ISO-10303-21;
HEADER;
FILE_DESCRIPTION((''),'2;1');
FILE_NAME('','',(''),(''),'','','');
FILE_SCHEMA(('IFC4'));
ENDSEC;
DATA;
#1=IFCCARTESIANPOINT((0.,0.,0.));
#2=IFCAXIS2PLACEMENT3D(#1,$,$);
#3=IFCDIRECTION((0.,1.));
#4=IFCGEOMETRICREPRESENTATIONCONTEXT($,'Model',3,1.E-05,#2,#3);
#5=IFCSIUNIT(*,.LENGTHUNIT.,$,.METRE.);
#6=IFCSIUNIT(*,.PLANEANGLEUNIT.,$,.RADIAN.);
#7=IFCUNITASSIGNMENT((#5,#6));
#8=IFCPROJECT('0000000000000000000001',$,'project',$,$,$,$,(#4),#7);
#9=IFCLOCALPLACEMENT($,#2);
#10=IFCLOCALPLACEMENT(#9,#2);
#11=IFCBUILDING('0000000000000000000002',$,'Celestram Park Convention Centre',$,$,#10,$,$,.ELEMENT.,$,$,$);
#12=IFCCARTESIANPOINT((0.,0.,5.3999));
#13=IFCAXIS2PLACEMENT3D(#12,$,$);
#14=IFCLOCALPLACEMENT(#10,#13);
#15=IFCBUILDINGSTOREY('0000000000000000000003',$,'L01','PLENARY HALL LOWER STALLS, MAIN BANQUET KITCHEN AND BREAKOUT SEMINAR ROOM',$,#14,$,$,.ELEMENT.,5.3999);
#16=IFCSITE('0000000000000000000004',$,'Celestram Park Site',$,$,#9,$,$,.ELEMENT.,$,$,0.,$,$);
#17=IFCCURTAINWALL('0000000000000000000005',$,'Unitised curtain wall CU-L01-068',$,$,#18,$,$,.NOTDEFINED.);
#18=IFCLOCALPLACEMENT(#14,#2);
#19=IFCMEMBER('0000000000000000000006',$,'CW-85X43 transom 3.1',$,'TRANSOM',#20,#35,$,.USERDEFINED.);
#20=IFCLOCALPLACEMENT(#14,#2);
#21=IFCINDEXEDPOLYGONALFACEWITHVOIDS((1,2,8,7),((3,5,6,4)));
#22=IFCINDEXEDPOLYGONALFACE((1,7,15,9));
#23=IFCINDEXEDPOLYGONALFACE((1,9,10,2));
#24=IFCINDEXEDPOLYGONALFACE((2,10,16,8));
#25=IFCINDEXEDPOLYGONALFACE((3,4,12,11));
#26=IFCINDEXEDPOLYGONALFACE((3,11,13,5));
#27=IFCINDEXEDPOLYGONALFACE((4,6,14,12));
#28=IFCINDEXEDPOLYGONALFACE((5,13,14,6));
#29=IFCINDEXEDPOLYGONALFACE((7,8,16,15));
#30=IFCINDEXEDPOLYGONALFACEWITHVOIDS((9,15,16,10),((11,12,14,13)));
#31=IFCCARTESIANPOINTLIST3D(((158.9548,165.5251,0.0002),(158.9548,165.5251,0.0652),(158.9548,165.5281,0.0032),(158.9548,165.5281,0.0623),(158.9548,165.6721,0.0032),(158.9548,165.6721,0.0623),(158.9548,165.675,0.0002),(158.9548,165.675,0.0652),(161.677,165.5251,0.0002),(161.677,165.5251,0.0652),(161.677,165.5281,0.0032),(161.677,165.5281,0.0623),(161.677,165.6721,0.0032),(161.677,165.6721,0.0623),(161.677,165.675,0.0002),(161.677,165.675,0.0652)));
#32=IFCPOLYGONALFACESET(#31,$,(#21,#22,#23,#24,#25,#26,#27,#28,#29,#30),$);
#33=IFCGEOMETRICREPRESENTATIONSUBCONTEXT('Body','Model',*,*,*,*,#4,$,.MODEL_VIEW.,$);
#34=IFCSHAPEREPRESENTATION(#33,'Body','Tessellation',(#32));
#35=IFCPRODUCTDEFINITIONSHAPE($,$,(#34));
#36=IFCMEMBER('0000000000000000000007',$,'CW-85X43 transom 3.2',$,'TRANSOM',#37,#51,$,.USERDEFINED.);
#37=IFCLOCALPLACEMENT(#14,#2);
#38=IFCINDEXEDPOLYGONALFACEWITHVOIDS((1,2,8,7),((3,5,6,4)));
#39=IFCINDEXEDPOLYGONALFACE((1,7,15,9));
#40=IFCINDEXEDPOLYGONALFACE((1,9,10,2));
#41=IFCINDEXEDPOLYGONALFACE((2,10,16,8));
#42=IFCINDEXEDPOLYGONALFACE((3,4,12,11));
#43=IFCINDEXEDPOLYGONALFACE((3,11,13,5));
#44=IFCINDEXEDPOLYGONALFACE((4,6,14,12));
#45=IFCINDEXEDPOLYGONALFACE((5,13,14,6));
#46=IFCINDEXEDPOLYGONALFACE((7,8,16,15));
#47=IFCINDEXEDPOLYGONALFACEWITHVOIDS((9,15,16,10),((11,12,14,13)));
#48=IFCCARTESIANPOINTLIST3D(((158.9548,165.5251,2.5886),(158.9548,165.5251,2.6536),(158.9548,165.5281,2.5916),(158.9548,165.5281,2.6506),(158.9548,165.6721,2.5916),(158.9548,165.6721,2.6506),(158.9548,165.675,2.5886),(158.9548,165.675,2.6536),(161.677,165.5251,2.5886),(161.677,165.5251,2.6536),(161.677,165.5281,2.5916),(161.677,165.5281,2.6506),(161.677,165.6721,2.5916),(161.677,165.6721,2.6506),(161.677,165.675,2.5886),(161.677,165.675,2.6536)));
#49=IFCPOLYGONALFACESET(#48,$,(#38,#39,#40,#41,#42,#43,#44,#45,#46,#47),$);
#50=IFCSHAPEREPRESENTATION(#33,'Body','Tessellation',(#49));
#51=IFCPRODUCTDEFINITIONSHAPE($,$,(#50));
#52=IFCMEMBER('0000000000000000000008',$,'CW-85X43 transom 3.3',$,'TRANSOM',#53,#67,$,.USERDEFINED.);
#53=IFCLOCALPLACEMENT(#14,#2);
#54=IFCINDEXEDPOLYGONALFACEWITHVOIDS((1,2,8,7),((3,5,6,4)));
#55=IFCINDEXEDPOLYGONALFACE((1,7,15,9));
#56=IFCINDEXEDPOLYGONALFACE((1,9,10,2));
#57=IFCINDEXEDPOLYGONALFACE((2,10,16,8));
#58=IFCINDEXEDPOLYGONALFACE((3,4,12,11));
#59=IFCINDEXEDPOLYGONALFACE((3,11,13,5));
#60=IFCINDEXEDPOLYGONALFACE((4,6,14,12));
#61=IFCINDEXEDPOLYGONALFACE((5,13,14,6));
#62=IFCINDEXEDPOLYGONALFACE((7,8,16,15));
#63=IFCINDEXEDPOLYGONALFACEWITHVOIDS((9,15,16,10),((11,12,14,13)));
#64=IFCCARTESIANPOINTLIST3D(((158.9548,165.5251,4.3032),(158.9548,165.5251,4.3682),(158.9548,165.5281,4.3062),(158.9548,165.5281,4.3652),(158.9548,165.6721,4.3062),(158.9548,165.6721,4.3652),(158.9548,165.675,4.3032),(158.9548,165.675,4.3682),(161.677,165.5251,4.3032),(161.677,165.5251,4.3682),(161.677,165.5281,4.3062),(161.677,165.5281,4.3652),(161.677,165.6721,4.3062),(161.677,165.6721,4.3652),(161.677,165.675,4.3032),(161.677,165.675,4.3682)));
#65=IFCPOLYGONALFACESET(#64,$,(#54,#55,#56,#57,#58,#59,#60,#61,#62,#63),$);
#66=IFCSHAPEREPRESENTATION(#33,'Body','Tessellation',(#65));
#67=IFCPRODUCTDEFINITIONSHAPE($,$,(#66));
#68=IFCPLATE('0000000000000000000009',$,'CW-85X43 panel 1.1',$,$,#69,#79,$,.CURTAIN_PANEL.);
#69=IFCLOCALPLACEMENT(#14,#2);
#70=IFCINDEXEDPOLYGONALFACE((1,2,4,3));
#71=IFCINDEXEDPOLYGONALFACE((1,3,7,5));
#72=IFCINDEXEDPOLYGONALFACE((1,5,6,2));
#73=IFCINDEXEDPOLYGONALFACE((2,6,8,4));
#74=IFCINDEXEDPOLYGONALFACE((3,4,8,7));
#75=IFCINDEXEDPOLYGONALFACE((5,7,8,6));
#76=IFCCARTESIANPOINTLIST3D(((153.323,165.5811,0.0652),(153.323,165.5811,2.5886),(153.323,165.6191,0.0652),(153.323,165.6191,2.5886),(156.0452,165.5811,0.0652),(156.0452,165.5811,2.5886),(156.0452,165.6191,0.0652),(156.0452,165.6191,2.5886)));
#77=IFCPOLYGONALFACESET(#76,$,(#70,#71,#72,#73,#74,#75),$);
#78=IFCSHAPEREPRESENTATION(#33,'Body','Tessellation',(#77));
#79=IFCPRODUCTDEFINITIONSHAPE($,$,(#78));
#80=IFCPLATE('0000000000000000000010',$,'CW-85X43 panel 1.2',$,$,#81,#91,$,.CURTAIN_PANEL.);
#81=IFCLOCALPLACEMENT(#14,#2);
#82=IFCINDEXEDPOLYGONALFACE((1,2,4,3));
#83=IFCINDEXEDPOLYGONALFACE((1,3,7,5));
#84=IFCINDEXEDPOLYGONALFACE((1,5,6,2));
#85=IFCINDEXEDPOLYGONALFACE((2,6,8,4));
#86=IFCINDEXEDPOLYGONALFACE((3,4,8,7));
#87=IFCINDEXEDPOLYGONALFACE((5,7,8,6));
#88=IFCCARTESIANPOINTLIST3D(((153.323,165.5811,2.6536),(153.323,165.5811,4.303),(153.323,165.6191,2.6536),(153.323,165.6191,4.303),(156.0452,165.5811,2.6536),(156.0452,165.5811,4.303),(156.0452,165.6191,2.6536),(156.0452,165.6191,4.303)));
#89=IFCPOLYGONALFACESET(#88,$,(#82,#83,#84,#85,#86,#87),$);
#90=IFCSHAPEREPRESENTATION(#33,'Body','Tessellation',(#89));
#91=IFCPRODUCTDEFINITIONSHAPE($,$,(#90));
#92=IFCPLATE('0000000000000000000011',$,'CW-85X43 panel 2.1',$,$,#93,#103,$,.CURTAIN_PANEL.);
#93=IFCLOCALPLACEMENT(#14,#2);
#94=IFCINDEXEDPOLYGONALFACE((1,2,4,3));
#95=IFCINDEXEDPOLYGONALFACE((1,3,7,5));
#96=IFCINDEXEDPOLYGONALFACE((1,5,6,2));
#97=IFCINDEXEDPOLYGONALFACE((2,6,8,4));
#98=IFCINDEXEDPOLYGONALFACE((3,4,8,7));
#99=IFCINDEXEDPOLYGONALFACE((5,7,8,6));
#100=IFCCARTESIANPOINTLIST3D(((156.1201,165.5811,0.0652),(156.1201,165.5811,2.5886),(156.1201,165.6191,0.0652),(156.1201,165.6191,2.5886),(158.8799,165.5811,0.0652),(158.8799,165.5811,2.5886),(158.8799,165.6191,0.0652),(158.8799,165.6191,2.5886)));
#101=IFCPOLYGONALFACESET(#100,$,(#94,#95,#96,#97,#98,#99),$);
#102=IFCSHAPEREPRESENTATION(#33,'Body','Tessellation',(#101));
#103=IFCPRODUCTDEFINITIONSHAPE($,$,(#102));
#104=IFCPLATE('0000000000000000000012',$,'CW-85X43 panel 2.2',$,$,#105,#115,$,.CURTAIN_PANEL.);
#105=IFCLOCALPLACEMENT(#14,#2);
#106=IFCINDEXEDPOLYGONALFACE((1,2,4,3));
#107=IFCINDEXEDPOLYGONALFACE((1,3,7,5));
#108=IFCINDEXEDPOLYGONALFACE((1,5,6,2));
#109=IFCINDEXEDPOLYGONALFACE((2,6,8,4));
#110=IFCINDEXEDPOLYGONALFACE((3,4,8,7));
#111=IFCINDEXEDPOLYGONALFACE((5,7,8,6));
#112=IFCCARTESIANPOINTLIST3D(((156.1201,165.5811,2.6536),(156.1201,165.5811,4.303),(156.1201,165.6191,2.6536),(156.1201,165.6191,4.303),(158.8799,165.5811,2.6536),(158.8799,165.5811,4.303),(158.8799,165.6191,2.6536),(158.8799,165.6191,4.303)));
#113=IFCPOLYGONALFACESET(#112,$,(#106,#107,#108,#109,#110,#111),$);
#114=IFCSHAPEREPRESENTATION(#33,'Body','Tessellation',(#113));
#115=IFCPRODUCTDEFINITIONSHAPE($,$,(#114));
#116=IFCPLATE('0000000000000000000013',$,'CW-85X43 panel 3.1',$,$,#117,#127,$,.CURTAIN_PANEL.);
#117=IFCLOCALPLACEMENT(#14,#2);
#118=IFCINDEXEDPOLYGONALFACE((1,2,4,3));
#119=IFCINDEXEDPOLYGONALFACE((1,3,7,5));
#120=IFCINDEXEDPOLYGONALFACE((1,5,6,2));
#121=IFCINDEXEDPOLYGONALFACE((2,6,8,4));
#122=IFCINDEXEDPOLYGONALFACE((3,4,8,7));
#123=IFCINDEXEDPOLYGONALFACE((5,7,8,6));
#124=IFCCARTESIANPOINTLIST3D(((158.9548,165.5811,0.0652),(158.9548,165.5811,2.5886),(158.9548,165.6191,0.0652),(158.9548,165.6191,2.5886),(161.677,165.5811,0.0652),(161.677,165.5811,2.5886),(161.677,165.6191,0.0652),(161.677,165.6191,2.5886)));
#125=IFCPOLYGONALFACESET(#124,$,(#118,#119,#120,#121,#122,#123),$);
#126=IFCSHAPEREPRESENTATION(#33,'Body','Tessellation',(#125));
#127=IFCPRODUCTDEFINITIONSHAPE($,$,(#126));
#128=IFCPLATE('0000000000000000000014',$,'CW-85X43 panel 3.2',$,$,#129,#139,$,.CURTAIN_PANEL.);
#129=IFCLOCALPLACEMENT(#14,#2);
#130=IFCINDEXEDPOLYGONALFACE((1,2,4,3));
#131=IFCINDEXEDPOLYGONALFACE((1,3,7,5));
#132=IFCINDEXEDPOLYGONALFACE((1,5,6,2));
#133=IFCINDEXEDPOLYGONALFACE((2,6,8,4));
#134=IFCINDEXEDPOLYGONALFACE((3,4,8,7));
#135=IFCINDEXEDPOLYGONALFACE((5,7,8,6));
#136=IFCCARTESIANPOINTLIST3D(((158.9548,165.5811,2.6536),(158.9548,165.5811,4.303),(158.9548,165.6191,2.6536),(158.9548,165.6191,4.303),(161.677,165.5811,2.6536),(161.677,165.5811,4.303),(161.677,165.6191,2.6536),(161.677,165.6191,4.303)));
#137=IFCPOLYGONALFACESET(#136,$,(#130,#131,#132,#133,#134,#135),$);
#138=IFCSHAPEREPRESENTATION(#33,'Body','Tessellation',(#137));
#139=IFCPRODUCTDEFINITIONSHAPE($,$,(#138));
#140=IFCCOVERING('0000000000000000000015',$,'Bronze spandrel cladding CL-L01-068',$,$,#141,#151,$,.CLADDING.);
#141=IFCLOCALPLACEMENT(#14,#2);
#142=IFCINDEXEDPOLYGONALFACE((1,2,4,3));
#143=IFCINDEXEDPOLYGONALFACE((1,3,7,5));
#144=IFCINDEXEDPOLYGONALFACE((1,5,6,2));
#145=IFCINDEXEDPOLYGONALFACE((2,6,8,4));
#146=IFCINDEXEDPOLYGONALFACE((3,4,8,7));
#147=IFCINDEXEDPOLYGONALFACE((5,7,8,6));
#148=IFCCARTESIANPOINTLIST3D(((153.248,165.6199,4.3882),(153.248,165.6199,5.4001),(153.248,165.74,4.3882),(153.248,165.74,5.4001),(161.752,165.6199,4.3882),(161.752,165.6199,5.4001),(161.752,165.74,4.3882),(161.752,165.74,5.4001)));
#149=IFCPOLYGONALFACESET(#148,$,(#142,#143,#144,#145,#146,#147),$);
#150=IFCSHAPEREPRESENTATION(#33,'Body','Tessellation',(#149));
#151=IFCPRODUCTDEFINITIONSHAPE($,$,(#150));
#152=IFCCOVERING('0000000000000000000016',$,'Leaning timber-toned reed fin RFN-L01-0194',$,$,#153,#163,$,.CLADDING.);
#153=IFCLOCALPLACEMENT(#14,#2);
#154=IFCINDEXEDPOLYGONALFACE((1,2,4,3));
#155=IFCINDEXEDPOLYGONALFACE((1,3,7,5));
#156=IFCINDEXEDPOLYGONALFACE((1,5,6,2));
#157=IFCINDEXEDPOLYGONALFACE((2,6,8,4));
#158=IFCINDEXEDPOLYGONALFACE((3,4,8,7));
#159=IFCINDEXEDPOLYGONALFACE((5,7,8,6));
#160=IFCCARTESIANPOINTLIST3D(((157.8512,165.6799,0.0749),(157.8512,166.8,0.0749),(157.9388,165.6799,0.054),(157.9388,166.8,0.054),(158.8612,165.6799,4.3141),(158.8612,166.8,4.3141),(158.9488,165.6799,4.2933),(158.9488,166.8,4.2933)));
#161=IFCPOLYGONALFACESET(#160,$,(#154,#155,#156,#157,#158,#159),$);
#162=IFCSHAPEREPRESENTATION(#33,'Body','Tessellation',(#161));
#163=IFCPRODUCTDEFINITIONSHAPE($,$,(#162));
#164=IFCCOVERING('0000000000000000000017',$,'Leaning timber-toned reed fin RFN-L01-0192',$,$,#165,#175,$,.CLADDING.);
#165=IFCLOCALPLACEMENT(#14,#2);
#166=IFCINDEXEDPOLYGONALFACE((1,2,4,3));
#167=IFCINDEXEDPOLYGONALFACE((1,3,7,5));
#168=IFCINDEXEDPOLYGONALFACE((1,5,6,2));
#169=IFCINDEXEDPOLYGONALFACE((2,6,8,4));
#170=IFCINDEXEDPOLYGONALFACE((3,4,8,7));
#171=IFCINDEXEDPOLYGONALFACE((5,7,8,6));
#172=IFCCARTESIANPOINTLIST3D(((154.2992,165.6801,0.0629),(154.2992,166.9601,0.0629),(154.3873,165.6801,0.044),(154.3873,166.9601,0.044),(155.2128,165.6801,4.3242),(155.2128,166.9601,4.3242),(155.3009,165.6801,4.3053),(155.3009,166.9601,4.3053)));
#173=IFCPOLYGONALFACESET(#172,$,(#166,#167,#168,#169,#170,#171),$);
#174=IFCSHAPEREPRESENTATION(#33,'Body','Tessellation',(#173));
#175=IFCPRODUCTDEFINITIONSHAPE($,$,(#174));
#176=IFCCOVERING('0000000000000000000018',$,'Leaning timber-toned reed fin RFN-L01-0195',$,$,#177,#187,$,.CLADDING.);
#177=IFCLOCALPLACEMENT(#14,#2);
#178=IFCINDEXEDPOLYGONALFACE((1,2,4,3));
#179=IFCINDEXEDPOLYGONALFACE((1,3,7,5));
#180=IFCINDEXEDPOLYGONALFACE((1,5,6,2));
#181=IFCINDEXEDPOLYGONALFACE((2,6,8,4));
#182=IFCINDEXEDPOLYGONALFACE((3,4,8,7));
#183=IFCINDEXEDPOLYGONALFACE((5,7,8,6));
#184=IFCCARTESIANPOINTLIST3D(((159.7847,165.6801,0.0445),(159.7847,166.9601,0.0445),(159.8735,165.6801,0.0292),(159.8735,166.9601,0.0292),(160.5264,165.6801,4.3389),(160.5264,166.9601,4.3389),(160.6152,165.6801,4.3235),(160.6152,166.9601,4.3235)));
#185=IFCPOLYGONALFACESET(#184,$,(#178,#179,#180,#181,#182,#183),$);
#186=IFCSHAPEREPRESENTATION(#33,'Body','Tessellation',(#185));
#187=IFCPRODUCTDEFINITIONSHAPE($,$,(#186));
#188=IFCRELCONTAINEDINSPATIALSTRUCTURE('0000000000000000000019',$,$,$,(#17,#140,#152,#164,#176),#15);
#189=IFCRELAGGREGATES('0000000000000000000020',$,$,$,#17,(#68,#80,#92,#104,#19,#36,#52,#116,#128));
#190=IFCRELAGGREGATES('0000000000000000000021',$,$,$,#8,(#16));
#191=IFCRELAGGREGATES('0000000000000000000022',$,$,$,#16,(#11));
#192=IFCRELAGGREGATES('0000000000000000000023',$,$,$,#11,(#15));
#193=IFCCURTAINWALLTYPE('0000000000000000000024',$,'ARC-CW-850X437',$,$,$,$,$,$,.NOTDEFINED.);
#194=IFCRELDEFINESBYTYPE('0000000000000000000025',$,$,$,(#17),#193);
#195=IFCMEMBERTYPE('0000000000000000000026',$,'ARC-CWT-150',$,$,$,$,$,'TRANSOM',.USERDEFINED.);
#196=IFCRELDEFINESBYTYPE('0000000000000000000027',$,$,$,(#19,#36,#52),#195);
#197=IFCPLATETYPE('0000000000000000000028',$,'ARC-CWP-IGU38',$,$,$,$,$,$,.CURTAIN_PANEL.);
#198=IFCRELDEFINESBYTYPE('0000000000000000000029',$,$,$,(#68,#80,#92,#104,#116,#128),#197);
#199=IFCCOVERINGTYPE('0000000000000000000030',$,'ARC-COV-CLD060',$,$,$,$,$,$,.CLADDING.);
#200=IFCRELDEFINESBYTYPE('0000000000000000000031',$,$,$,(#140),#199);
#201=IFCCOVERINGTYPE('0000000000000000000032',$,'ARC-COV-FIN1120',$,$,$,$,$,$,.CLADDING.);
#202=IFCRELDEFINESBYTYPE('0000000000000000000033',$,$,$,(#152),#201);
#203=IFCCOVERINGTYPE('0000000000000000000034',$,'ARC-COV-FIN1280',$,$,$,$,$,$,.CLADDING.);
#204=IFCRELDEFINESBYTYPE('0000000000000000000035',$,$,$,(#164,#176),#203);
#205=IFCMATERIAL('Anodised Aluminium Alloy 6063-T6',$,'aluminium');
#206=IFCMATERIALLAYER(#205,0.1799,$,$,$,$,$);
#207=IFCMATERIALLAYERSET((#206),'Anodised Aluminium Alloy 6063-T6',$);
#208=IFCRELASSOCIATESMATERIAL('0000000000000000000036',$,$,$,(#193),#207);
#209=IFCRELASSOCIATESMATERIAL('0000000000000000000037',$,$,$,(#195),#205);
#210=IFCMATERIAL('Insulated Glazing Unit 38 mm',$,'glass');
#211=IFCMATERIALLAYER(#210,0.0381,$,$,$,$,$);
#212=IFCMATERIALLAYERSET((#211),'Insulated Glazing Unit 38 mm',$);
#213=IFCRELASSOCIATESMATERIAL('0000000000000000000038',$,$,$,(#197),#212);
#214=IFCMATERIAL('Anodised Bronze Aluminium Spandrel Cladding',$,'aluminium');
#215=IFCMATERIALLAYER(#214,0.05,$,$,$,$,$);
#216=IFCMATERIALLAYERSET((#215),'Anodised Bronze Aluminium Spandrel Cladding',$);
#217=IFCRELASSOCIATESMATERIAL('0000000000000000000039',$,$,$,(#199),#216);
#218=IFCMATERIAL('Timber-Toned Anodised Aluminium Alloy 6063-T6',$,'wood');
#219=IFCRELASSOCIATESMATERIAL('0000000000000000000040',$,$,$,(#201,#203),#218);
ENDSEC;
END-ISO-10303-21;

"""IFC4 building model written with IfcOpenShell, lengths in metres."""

from ifc_helpers import new_model, si_unit, direction, frame, origin, origin_2d, place, context, subcontext, project, spatial, rectangle, hollow_rectangle, extrude, material, layer, layer_set, material_profile, profile_set, type_object, element, aggregate, save


model = new_model("IFC4")

# Units and contexts
model_context = context("Model", 3, precision=1e-05, world=origin(), true_north=direction((0.0, 1.0)))
body_context = subcontext(model_context, "Body", "Model", "MODEL_VIEW")
ifc_project = project(units=[si_unit("LENGTHUNIT", "METRE"), si_unit("PLANEANGLEUNIT", "RADIAN")], contexts=[model_context])

# Site, building, storey
site_placement = place(None, origin())
site = spatial("IfcSite", under=ifc_project, at=site_placement, Name="Celestram Park Site", CompositionType="ELEMENT", RefElevation=0.0)
building_placement = place(site_placement, origin())
building = spatial("IfcBuilding", under=site, at=building_placement, Name="Celestram Park Convention Centre", CompositionType="ELEMENT")
storey_placement = place(building_placement, frame((0.0, 0.0, 5.3999)))
storey = spatial("IfcBuildingStorey", under=building, at=storey_placement, Name="L01", Description="PLENARY HALL LOWER STALLS, MAIN BANQUET KITCHEN AND BREAKOUT SEMINAR ROOM", CompositionType="ELEMENT", Elevation=5.3999)

# Curtain wall, members, plates
ifc_material_1 = material(Name="Anodised Aluminium Alloy 6063-T6", Category="aluminium")
ifc_layer_1 = layer(ifc_material_1, 0.1799)
ifc_layer_set_1 = layer_set([ifc_layer_1], Name="Anodised Aluminium Alloy 6063-T6")
curtain_wall_type = type_object("IfcCurtainWallType", Name="ARC-CW-850X437", PredefinedType="NOTDEFINED", material=ifc_layer_set_1)
curtain_wall_placement = place(storey_placement, origin())
curtain_wall = element("IfcCurtainWall", 1, at=curtain_wall_placement, inside=storey, type_object=curtain_wall_type, Name="Unitised curtain wall CU-L01-068", PredefinedType="NOTDEFINED")
ifc_material_profile_1 = material_profile(ifc_material_1, hollow_rectangle(XDim=0.1499, YDim=0.0649, WallThickness=0.0029, at=origin_2d()), Name="ALU150X65X3")
ifc_profile_set_1 = profile_set([ifc_material_profile_1], Name="Anodised Aluminium Alloy 6063-T6")
member_type_1 = type_object("IfcMemberType", Name="ARC-CWT-150", ElementType="TRANSOM", PredefinedType="USERDEFINED", material=ifc_profile_set_1)
member_1_placement = place(storey_placement, frame((158.9548, 165.6001, 0.0327), z_axis=(1.0, 0.0, 0.0), x_axis=(0.0, 1.0, 0.0)))
member_1 = element("IfcMember", 2, at=member_1_placement, type_object=member_type_1, Name="CW-85X43 transom 3.1", ObjectType="TRANSOM", PredefinedType="USERDEFINED", context=body_context, shape_type="SweptSolid", body=[
    extrude(hollow_rectangle(XDim=0.1499, YDim=0.0649, WallThickness=0.0029, at=origin_2d()), origin(), (0.0, 0.0, 1.0), 2.7222),
])
member_2_placement = place(storey_placement, frame((158.9548, 165.6001, 2.6211), z_axis=(1.0, 0.0, 0.0), x_axis=(0.0, 1.0, 0.0)))
member_2 = element("IfcMember", 3, at=member_2_placement, type_object=member_type_1, Name="CW-85X43 transom 3.2", ObjectType="TRANSOM", PredefinedType="USERDEFINED", context=body_context, shape_type="SweptSolid", body=[
    extrude(hollow_rectangle(XDim=0.1499, YDim=0.0649, WallThickness=0.0029, at=origin_2d()), origin(), (0.0, 0.0, 1.0), 2.7222),
])
member_3_placement = place(storey_placement, frame((158.9548, 165.6001, 4.3357), z_axis=(1.0, 0.0, 0.0), x_axis=(0.0, 1.0, 0.0)))
member_3 = element("IfcMember", 4, at=member_3_placement, type_object=member_type_1, Name="CW-85X43 transom 3.3", ObjectType="TRANSOM", PredefinedType="USERDEFINED", context=body_context, shape_type="SweptSolid", body=[
    extrude(hollow_rectangle(XDim=0.1499, YDim=0.0649, WallThickness=0.0029, at=origin_2d()), origin(), (0.0, 0.0, 1.0), 2.7222),
])
ifc_material_2 = material(Name="Insulated Glazing Unit 38 mm", Category="glass")
ifc_layer_2 = layer(ifc_material_2, 0.0381)
ifc_layer_set_2 = layer_set([ifc_layer_2], Name="Insulated Glazing Unit 38 mm")
plate_type = type_object("IfcPlateType", Name="ARC-CWP-IGU38", PredefinedType="CURTAIN_PANEL", material=ifc_layer_set_2)
plate_1_placement = place(storey_placement, frame((154.6841, 165.6001, 0.0652), z_axis=(0.0, 0.0, 1.0), x_axis=(1.0, 0.0, 0.0)))
plate_1 = element("IfcPlate", 5, at=plate_1_placement, type_object=plate_type, Name="CW-85X43 panel 1.1", PredefinedType="CURTAIN_PANEL", context=body_context, shape_type="SweptSolid", body=[
    extrude(rectangle(XDim=2.7222, YDim=0.0381, at=origin_2d()), origin(), (0.0, 0.0, 1.0), 2.5234),
])
plate_2_placement = place(storey_placement, frame((154.6841, 165.6001, 2.6536), z_axis=(0.0, 0.0, 1.0), x_axis=(1.0, 0.0, 0.0)))
plate_2 = element("IfcPlate", 6, at=plate_2_placement, type_object=plate_type, Name="CW-85X43 panel 1.2", PredefinedType="CURTAIN_PANEL", context=body_context, shape_type="SweptSolid", body=[
    extrude(rectangle(XDim=2.7222, YDim=0.0381, at=origin_2d()), origin(), (0.0, 0.0, 1.0), 1.6494),
])
plate_3_placement = place(storey_placement, frame((157.5, 165.6001, 0.0652), z_axis=(0.0, 0.0, 1.0), x_axis=(1.0, 0.0, 0.0)))
plate_3 = element("IfcPlate", 7, at=plate_3_placement, type_object=plate_type, Name="CW-85X43 panel 2.1", PredefinedType="CURTAIN_PANEL", context=body_context, shape_type="SweptSolid", body=[
    extrude(rectangle(XDim=2.7598, YDim=0.0381, at=origin_2d()), origin(), (0.0, 0.0, 1.0), 2.5234),
])
plate_4_placement = place(storey_placement, frame((157.5, 165.6001, 2.6536), z_axis=(0.0, 0.0, 1.0), x_axis=(1.0, 0.0, 0.0)))
plate_4 = element("IfcPlate", 8, at=plate_4_placement, type_object=plate_type, Name="CW-85X43 panel 2.2", PredefinedType="CURTAIN_PANEL", context=body_context, shape_type="SweptSolid", body=[
    extrude(rectangle(XDim=2.7598, YDim=0.0381, at=origin_2d()), origin(), (0.0, 0.0, 1.0), 1.6494),
])
plate_5_placement = place(storey_placement, frame((160.3159, 165.6001, 0.0652), z_axis=(0.0, 0.0, 1.0), x_axis=(1.0, 0.0, 0.0)))
plate_5 = element("IfcPlate", 9, at=plate_5_placement, type_object=plate_type, Name="CW-85X43 panel 3.1", PredefinedType="CURTAIN_PANEL", context=body_context, shape_type="SweptSolid", body=[
    extrude(rectangle(XDim=2.7222, YDim=0.0381, at=origin_2d()), origin(), (0.0, 0.0, 1.0), 2.5234),
])
plate_6_placement = place(storey_placement, frame((160.3159, 165.6001, 2.6536), z_axis=(0.0, 0.0, 1.0), x_axis=(1.0, 0.0, 0.0)))
plate_6 = element("IfcPlate", 10, at=plate_6_placement, type_object=plate_type, Name="CW-85X43 panel 3.2", PredefinedType="CURTAIN_PANEL", context=body_context, shape_type="SweptSolid", body=[
    extrude(rectangle(XDim=2.7222, YDim=0.0381, at=origin_2d()), origin(), (0.0, 0.0, 1.0), 1.6494),
])
aggregate(curtain_wall, [plate_1, plate_2, plate_3, plate_4, member_1, member_2, member_3, plate_5, plate_6])

# Coverings
ifc_material_3 = material(Name="Anodised Bronze Aluminium Spandrel Cladding", Category="aluminium")
ifc_layer_3 = layer(ifc_material_3, 0.05)
ifc_layer_set_3 = layer_set([ifc_layer_3], Name="Anodised Bronze Aluminium Spandrel Cladding")
covering_type_1 = type_object("IfcCoveringType", Name="ARC-COV-CLD060", PredefinedType="CLADDING", material=ifc_layer_set_3)
covering_1_placement = place(storey_placement, frame((157.5, 165.6799, 4.3882), z_axis=(0.0, 0.0, 1.0), x_axis=(1.0, 0.0, 0.0)))
element("IfcCovering", 11, at=covering_1_placement, inside=storey, type_object=covering_type_1, Name="Bronze spandrel cladding CL-L01-068", PredefinedType="CLADDING", context=body_context, shape_type="SweptSolid", body=[
    extrude(rectangle(XDim=8.5039, YDim=0.1201, at=origin_2d()), origin(), (0.0, 0.0, 1.0), 1.012),
])
ifc_material_4 = material(Name="Timber-Toned Anodised Aluminium Alloy 6063-T6", Category="wood")
ifc_material_profile_2 = material_profile(ifc_material_4, rectangle(XDim=1.1201, YDim=0.0901, at=origin_2d()), Name="REED1120X90")
ifc_profile_set_2 = profile_set([ifc_material_profile_2], Name="Timber-Toned Anodised Aluminium Alloy 6063-T6")
covering_type_2 = type_object("IfcCoveringType", Name="ARC-COV-FIN1120", PredefinedType="CLADDING", material=ifc_profile_set_2)
covering_2_placement = place(storey_placement, frame((157.895, 166.24, 0.0645), z_axis=(0.231764, 0.0, 0.972772), x_axis=(0.0, 1.0, 0.0)))
element("IfcCovering", 12, at=covering_2_placement, inside=storey, type_object=covering_type_2, Name="Leaning timber-toned reed fin RFN-L01-0194", PredefinedType="CLADDING", context=body_context, shape_type="SweptSolid", body=[
    extrude(rectangle(XDim=1.1201, YDim=0.0901, at=origin_2d()), origin(), (0.0, 0.0, 1.0), 4.3579),
])
ifc_material_profile_3 = material_profile(ifc_material_4, rectangle(XDim=1.28, YDim=0.0901, at=origin_2d()), Name="REED1280X90")
ifc_profile_set_3 = profile_set([ifc_material_profile_3], Name="Timber-Toned Anodised Aluminium Alloy 6063-T6")
covering_type_3 = type_object("IfcCoveringType", Name="ARC-COV-FIN1280", PredefinedType="CLADDING", material=ifc_profile_set_3)
covering_3_placement = place(storey_placement, frame((154.3433, 166.3201, 0.0535), z_axis=(0.209629, 0.0, 0.977781), x_axis=(0.0, 1.0, 0.0)))
element("IfcCovering", 13, at=covering_3_placement, inside=storey, type_object=covering_type_3, Name="Leaning timber-toned reed fin RFN-L01-0192", PredefinedType="CLADDING", context=body_context, shape_type="SweptSolid", body=[
    extrude(rectangle(XDim=1.28, YDim=0.0901, at=origin_2d()), origin(), (0.0, 0.0, 1.0), 4.3582),
])
covering_4_placement = place(storey_placement, frame((159.8291, 166.3201, 0.0369), z_axis=(0.170192, 0.0, 0.985411), x_axis=(0.0, 1.0, 0.0)))
element("IfcCovering", 14, at=covering_4_placement, inside=storey, type_object=covering_type_3, Name="Leaning timber-toned reed fin RFN-L01-0195", PredefinedType="CLADDING", context=body_context, shape_type="SweptSolid", body=[
    extrude(rectangle(XDim=1.28, YDim=0.0901, at=origin_2d()), origin(), (0.0, 0.0, 1.0), 4.3579),
])

save(model, "model.ifc")
